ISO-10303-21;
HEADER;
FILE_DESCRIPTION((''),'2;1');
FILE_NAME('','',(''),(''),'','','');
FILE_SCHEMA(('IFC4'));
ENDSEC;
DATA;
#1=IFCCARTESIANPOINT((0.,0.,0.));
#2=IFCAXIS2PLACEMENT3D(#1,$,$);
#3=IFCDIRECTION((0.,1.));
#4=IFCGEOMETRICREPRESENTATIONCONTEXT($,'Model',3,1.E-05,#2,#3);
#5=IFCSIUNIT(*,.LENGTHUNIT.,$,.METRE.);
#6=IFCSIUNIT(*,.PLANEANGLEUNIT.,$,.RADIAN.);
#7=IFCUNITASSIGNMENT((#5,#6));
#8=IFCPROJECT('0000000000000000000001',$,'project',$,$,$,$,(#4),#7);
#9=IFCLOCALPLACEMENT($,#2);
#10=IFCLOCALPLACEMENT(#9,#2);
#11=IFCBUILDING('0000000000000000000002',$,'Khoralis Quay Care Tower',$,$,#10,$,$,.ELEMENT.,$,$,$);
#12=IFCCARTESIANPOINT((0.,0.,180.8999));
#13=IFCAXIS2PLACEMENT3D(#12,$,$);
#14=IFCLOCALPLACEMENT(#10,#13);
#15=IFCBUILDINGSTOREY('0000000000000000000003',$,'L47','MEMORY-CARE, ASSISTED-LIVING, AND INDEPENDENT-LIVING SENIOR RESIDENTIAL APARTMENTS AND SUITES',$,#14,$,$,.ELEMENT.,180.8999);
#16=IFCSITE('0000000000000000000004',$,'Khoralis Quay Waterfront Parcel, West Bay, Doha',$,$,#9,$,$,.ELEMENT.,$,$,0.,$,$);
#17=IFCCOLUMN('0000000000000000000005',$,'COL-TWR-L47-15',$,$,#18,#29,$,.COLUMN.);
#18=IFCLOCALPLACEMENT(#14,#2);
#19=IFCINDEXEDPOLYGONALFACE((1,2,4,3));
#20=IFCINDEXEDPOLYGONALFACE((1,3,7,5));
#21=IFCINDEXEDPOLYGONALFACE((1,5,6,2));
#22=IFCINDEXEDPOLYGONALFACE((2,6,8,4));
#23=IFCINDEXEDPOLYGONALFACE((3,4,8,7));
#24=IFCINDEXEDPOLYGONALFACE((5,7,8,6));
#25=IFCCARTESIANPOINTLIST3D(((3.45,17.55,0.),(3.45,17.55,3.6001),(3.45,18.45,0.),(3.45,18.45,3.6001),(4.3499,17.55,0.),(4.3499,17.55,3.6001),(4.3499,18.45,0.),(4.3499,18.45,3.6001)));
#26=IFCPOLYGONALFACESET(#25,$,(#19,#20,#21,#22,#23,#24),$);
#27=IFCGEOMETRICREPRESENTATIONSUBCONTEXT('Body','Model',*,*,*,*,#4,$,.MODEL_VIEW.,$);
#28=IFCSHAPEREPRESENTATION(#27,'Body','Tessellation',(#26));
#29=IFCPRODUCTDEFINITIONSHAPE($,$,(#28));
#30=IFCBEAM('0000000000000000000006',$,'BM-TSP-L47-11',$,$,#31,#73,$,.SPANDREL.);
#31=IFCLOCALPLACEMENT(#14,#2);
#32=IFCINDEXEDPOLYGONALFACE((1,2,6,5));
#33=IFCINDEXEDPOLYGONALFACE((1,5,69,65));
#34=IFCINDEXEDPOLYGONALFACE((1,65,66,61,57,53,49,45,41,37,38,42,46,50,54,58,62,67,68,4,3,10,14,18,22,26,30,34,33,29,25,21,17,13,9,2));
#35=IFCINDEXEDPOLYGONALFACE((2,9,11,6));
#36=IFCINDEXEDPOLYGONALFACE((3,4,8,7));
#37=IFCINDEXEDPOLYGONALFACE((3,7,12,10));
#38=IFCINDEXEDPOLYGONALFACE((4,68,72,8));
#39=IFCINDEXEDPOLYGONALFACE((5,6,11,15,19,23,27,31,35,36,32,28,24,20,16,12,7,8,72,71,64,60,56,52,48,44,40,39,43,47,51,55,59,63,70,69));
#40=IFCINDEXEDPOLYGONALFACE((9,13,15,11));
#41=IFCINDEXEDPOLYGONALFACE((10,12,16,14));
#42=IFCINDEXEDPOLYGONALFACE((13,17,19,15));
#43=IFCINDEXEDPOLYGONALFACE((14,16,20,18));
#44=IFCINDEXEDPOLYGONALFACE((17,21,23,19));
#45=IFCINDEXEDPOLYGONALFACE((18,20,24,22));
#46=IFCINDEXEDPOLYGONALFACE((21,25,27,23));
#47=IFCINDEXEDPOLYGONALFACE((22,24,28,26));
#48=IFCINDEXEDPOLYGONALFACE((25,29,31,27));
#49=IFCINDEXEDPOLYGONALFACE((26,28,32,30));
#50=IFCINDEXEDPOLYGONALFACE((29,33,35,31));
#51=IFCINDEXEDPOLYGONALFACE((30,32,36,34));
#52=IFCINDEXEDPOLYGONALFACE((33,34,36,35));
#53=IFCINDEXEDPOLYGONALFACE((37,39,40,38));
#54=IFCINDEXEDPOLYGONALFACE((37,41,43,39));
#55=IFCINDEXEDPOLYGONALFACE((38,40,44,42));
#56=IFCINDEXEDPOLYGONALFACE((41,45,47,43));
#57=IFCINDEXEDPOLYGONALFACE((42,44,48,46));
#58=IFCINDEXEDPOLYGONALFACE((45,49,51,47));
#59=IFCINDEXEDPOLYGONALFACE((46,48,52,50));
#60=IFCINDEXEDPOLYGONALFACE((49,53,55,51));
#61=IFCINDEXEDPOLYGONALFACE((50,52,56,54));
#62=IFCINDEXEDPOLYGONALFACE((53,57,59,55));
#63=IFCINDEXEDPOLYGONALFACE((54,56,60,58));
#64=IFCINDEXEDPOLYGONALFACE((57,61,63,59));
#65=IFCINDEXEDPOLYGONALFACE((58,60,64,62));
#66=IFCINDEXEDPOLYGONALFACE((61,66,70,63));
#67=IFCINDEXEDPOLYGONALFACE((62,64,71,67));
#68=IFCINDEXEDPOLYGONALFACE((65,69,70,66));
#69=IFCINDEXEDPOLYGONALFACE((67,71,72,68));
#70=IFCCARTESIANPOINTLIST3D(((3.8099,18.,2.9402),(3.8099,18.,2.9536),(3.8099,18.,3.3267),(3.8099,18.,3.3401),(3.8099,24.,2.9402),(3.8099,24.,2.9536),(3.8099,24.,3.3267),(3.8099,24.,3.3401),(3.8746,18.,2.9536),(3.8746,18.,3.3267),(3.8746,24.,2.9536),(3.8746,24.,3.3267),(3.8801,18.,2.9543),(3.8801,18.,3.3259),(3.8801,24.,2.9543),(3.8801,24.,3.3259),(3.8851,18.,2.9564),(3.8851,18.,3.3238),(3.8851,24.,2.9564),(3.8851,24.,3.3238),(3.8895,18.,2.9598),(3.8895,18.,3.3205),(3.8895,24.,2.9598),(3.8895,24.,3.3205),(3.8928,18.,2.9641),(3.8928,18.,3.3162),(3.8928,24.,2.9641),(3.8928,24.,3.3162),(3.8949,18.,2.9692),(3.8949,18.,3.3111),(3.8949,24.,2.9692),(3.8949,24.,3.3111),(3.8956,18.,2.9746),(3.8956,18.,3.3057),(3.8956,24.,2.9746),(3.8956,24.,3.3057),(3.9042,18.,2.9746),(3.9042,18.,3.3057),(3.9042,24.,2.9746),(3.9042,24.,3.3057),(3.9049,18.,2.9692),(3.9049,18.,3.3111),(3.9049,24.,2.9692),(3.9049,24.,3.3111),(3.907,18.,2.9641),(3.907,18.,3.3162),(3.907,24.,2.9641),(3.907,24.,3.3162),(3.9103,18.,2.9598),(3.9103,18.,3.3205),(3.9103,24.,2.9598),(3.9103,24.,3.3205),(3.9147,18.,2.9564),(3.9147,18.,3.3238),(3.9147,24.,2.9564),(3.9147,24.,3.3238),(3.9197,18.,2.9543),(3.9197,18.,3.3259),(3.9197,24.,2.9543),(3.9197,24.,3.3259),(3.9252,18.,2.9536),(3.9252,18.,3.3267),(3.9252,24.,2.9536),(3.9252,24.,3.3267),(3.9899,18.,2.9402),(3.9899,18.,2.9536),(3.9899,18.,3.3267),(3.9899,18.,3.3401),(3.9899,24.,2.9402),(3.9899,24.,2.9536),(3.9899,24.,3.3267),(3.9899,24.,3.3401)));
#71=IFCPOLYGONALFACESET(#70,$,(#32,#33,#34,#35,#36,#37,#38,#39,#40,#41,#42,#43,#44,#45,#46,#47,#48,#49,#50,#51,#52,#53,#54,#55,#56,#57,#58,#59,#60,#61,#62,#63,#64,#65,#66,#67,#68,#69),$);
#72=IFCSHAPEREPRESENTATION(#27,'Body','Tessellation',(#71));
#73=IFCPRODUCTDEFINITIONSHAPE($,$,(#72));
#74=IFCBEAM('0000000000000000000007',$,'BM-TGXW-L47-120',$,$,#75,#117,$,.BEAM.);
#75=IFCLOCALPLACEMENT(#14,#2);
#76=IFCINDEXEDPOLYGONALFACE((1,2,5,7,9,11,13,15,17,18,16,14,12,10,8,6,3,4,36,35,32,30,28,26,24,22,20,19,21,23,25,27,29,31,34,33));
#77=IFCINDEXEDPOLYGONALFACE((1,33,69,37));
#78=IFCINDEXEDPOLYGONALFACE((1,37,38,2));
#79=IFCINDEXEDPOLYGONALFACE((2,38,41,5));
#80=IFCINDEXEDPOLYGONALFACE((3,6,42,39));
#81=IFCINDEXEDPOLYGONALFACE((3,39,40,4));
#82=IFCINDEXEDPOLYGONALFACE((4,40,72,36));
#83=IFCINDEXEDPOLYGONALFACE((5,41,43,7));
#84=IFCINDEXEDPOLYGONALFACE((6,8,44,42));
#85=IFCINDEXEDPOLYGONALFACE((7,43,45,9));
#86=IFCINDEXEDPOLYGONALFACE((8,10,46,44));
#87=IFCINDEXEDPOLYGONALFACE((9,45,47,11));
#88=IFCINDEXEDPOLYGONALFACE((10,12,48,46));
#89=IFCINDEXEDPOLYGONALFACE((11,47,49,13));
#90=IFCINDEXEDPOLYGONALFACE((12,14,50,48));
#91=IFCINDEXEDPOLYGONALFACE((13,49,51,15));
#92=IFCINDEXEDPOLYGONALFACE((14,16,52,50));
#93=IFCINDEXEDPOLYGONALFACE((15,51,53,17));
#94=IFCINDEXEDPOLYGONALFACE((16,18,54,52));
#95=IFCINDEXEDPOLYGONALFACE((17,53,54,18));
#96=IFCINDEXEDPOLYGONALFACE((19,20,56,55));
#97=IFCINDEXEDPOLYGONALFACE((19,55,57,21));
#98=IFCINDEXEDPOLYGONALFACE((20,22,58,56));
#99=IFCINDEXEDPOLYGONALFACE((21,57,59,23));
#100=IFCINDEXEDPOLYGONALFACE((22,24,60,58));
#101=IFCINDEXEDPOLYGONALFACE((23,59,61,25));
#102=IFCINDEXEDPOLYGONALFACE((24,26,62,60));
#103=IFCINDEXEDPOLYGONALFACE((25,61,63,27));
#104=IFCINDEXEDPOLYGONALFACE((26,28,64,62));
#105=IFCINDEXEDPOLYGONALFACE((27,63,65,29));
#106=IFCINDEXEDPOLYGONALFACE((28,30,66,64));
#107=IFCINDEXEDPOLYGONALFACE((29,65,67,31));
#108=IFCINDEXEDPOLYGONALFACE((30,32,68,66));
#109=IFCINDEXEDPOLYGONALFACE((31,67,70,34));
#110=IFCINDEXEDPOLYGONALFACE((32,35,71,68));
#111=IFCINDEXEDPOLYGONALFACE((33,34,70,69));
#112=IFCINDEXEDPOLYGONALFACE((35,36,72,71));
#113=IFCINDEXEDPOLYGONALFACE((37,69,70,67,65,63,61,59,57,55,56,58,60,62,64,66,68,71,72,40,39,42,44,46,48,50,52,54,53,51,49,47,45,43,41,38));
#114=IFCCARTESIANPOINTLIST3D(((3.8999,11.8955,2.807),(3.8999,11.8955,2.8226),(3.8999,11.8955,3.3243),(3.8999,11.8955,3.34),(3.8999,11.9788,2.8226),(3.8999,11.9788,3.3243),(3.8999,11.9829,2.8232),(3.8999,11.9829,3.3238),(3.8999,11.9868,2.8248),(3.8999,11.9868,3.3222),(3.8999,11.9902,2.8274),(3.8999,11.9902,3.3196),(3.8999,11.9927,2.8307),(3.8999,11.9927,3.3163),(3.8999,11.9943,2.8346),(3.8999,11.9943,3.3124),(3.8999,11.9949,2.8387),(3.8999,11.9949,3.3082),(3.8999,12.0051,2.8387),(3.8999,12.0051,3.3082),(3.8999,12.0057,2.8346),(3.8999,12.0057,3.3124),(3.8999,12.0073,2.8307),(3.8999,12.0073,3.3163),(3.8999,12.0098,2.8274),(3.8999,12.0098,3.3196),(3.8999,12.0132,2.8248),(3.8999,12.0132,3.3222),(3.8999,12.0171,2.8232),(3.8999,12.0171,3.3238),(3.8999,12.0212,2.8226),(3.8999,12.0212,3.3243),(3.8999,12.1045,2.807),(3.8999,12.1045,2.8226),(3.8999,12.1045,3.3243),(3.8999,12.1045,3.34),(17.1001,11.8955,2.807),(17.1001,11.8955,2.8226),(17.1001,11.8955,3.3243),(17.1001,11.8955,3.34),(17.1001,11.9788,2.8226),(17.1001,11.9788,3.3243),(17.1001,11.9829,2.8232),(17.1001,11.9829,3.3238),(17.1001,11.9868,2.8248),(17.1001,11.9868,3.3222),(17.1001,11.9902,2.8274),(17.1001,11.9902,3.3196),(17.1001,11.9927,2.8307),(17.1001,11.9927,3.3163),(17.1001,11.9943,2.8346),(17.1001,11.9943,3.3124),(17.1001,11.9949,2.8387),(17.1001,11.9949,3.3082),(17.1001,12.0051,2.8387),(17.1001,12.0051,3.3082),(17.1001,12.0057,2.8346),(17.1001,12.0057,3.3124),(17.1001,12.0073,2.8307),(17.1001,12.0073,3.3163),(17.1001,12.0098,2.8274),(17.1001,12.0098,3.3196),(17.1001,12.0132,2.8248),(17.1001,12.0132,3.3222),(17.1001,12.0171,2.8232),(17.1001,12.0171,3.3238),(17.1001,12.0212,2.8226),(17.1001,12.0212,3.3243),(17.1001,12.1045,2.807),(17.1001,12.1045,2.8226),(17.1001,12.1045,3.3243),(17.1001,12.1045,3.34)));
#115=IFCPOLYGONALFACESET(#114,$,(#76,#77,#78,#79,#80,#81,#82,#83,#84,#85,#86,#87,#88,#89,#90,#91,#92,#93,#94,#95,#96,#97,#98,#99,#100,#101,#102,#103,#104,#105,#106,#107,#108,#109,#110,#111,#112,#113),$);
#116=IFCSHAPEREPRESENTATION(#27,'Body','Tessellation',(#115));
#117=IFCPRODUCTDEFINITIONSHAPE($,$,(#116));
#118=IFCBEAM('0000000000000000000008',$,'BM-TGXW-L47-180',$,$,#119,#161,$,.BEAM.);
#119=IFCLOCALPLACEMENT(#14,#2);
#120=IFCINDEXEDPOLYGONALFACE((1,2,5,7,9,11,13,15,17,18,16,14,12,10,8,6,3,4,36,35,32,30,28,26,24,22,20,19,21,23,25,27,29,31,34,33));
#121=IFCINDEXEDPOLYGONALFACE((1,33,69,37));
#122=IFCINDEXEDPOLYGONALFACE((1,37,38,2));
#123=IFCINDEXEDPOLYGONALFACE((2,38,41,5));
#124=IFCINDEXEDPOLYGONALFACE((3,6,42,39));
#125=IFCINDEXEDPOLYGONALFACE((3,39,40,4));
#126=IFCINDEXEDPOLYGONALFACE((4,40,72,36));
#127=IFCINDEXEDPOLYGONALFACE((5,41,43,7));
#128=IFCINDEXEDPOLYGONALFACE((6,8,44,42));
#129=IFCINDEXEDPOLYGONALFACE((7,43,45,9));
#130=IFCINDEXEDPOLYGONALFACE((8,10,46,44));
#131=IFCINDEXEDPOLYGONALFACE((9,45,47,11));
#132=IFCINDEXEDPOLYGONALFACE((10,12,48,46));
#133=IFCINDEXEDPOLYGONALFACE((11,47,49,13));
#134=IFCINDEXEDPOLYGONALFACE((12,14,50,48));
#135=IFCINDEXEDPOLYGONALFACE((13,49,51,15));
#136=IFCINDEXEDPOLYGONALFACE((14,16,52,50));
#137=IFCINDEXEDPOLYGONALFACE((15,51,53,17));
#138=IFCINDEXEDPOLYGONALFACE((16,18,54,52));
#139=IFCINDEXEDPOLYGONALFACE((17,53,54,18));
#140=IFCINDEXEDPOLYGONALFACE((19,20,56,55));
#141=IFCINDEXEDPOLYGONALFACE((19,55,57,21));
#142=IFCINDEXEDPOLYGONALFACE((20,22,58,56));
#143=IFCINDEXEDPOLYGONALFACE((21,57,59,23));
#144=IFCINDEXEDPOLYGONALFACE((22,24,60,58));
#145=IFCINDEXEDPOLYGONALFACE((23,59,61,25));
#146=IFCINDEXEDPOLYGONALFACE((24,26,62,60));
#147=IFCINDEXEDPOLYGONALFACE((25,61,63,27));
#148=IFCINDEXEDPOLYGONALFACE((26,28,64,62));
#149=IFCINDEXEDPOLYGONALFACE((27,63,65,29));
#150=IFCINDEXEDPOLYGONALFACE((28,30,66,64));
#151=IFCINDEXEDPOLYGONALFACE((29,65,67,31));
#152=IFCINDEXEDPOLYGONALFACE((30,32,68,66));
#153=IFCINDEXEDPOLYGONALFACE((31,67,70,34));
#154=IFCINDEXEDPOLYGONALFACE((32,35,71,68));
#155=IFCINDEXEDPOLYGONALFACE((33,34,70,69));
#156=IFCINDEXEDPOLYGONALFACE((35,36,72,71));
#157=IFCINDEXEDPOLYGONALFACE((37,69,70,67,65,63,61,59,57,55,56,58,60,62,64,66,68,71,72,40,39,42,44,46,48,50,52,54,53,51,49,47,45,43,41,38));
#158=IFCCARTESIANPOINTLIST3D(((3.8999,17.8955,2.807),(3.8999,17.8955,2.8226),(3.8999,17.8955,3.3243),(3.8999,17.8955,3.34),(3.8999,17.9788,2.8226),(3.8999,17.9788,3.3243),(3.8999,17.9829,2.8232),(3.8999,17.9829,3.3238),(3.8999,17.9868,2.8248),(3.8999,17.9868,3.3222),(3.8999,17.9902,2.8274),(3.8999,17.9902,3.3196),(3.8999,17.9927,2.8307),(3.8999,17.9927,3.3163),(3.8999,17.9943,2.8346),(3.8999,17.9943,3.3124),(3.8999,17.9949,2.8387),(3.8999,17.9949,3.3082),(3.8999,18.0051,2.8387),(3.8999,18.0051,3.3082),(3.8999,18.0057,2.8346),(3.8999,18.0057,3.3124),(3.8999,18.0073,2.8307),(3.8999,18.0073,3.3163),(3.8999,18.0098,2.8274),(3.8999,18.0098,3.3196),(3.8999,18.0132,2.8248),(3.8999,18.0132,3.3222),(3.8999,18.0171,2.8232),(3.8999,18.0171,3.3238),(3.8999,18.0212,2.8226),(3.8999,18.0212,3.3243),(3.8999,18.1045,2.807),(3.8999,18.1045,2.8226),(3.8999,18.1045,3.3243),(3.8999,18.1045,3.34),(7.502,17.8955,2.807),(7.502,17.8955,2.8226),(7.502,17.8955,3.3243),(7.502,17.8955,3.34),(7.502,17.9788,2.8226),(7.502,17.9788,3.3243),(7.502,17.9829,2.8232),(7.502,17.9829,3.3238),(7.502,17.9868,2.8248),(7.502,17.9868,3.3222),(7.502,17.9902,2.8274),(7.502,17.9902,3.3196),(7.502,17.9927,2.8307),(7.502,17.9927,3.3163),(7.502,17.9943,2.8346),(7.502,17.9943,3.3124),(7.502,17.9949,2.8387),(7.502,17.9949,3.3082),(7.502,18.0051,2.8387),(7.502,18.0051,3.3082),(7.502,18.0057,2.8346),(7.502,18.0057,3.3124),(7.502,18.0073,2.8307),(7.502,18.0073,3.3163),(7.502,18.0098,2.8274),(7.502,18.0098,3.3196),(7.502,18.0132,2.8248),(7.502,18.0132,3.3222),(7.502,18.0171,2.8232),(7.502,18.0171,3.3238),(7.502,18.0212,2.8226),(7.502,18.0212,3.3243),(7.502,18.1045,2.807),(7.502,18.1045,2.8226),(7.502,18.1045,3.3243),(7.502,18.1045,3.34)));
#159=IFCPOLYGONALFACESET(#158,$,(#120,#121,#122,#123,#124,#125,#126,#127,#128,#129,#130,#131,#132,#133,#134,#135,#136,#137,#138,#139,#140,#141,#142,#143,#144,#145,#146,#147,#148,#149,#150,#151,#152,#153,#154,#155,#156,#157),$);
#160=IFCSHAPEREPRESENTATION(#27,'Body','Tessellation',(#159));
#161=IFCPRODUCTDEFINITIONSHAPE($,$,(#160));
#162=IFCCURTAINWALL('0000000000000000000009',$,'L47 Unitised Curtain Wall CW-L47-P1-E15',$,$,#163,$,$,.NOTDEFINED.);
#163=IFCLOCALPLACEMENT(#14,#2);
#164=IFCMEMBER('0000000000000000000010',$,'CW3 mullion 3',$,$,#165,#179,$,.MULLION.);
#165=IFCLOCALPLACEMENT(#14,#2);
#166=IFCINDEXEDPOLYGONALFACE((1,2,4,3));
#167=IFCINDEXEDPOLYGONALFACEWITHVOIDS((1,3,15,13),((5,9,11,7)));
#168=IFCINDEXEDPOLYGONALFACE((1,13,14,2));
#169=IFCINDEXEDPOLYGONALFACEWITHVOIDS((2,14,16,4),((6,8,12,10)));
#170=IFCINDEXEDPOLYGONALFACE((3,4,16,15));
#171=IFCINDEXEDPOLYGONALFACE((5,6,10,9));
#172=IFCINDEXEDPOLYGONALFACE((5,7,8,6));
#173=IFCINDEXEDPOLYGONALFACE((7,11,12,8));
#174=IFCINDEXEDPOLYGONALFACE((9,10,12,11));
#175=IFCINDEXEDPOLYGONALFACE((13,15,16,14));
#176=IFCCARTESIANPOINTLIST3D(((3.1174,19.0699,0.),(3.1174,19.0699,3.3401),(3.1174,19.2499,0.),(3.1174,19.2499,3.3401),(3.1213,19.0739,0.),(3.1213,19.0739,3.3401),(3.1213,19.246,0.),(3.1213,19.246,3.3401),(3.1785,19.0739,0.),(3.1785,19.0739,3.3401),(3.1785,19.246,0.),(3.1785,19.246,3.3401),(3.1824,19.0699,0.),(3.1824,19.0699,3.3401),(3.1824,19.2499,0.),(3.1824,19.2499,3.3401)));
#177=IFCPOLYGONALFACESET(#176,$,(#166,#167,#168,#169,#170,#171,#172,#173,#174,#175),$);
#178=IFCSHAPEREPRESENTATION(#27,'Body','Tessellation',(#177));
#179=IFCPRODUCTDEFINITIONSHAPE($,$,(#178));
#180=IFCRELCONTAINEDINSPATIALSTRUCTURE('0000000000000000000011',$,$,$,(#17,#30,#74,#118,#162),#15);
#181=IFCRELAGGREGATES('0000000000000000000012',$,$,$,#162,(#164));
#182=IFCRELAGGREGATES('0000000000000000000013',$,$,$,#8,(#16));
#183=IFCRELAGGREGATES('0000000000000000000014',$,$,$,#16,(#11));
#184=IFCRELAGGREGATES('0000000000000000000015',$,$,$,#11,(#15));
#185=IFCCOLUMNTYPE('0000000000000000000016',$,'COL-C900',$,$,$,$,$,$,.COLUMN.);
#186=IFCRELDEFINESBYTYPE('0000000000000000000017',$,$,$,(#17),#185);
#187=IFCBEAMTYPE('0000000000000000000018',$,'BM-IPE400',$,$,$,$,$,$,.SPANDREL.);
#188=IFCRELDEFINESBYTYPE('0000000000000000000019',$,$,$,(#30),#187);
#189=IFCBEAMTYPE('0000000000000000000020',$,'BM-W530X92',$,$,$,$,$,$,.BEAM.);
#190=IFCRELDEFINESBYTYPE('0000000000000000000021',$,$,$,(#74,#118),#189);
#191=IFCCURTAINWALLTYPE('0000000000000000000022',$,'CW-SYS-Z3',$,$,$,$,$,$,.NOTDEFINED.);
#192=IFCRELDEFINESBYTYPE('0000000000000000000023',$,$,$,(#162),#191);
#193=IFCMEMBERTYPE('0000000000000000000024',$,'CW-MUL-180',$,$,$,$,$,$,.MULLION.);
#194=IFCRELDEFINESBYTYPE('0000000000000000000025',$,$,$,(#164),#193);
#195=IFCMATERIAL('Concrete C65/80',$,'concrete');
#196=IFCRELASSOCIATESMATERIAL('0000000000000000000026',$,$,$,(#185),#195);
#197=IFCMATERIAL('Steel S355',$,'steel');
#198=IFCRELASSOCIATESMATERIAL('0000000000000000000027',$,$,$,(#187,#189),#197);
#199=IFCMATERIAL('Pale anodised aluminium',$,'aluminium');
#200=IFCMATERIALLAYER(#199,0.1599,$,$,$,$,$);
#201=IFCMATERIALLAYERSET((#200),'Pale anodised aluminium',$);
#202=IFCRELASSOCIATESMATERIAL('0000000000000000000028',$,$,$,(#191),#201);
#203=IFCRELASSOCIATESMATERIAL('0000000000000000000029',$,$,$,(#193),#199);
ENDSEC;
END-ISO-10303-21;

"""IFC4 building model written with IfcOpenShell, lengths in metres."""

from ifc_helpers import new_model, si_unit, direction, frame, origin, origin_2d, place, context, subcontext, project, spatial, rectangle, hollow_rectangle, i_section, extrude, source, transform, mapped, material, layer, layer_set, material_profile, profile_set, type_object, element, aggregate, save


model = new_model("IFC4")

# Units and contexts
model_context = context("Model", 3, precision=1e-05, world=origin(), true_north=direction((0.0, 1.0)))
body_context = subcontext(model_context, "Body", "Model", "MODEL_VIEW")
ifc_project = project(units=[si_unit("LENGTHUNIT", "METRE"), si_unit("PLANEANGLEUNIT", "RADIAN")], contexts=[model_context])

# Site, building, storey
site_placement = place(None, origin())
site = spatial("IfcSite", under=ifc_project, at=site_placement, Name="Khoralis Quay Waterfront Parcel, West Bay, Doha", CompositionType="ELEMENT", RefElevation=0.0)
building_placement = place(site_placement, origin())
building = spatial("IfcBuilding", under=site, at=building_placement, Name="Khoralis Quay Care Tower", CompositionType="ELEMENT")
storey_placement = place(building_placement, frame((0.0, 0.0, 180.8999)))
storey = spatial("IfcBuildingStorey", under=building, at=storey_placement, Name="L47", Description="MEMORY-CARE, ASSISTED-LIVING, AND INDEPENDENT-LIVING SENIOR RESIDENTIAL APARTMENTS AND SUITES", CompositionType="ELEMENT", Elevation=180.8999)

# Column
ifc_material_1 = material(Name="Concrete C65/80", Category="concrete")
ifc_material_profile_1 = material_profile(ifc_material_1, rectangle(XDim=0.8999, YDim=0.8999, at=origin_2d()), Name="Concrete C65/80")
ifc_profile_set_1 = profile_set([ifc_material_profile_1], Name="Concrete C65/80")
column_type = type_object("IfcColumnType", Name="COL-C900", PredefinedType="COLUMN", material=ifc_profile_set_1)
shared_shape_1 = source(origin(), body_context, "Body", "SweptSolid", [
    extrude(rectangle(XDim=0.8999, YDim=0.8999, at=origin_2d()), origin(), (0.0, 0.0, 1.0), 3.6001),
])
column_placement = place(storey_placement, frame((3.8999, 18.0, 0.0), z_axis=(0.0, 0.0, 1.0), x_axis=(1.0, 0.0, 0.0)))
element("IfcColumn", 1, at=column_placement, inside=storey, type_object=column_type, Name="COL-TWR-L47-15", PredefinedType="COLUMN", context=body_context, shape_type="MappedRepresentation", body=[
    mapped(shared_shape_1, transform((0.0, 0.0, 0.0), scale=1.0)),
])

# Beams
ifc_material_2 = material(Name="Steel S355", Category="steel")
ifc_material_profile_2 = material_profile(ifc_material_2, i_section(OverallWidth=0.1799, OverallDepth=0.3999, WebThickness=0.0085, FlangeThickness=0.0134, FilletRadius=0.021, at=origin_2d()), Name="Steel S355")
ifc_profile_set_2 = profile_set([ifc_material_profile_2], Name="Steel S355")
beam_type_1 = type_object("IfcBeamType", Name="BM-IPE400", PredefinedType="SPANDREL", material=ifc_profile_set_2)
shared_shape_2 = source(origin(), body_context, "Body", "SweptSolid", [
    extrude(i_section(OverallWidth=0.1799, OverallDepth=0.3999, WebThickness=0.0085, FlangeThickness=0.0134, FilletRadius=0.021, at=origin_2d()), origin(), (0.0, 0.0, 1.0), 6.0),
])
beam_1_placement = place(storey_placement, frame((3.8999, 18.0, 3.1401), z_axis=(0.0, 1.0, 0.0), x_axis=(-1.0, 0.0, 0.0)))
element("IfcBeam", 2, at=beam_1_placement, inside=storey, type_object=beam_type_1, Name="BM-TSP-L47-11", PredefinedType="SPANDREL", context=body_context, shape_type="MappedRepresentation", body=[
    mapped(shared_shape_2, transform((0.0, 0.0, 0.0), scale=1.0)),
])
ifc_material_profile_3 = material_profile(ifc_material_2, i_section(OverallWidth=0.209, OverallDepth=0.533, WebThickness=0.0103, FlangeThickness=0.0156, FilletRadius=0.0161, at=origin_2d()), Name="Steel S355")
ifc_profile_set_3 = profile_set([ifc_material_profile_3], Name="Steel S355")
beam_type_2 = type_object("IfcBeamType", Name="BM-W530X92", PredefinedType="BEAM", material=ifc_profile_set_3)
shared_shape_3 = source(origin(), body_context, "Body", "SweptSolid", [
    extrude(i_section(OverallWidth=0.209, OverallDepth=0.533, WebThickness=0.0103, FlangeThickness=0.0156, FilletRadius=0.0161, at=origin_2d()), origin(), (0.0, 0.0, 1.0), 13.2002),
])
beam_2_placement = place(storey_placement, frame((3.8999, 12.0, 3.0735), z_axis=(1.0, 0.0, 0.0), x_axis=(0.0, 1.0, 0.0)))
element("IfcBeam", 3, at=beam_2_placement, inside=storey, type_object=beam_type_2, Name="BM-TGXW-L47-120", PredefinedType="BEAM", context=body_context, shape_type="MappedRepresentation", body=[
    mapped(shared_shape_3, transform((0.0, 0.0, 0.0), scale=1.0)),
])
shared_shape_4 = source(origin(), body_context, "Body", "SweptSolid", [
    extrude(i_section(OverallWidth=0.209, OverallDepth=0.533, WebThickness=0.0103, FlangeThickness=0.0156, FilletRadius=0.0161, at=origin_2d()), origin(), (0.0, 0.0, 1.0), 3.6021),
])
beam_3_placement = place(storey_placement, frame((3.8999, 18.0, 3.0735), z_axis=(1.0, 0.0, 0.0), x_axis=(0.0, 1.0, 0.0)))
element("IfcBeam", 4, at=beam_3_placement, inside=storey, type_object=beam_type_2, Name="BM-TGXW-L47-180", PredefinedType="BEAM", context=body_context, shape_type="MappedRepresentation", body=[
    mapped(shared_shape_4, transform((0.0, 0.0, 0.0), scale=1.0)),
])

# Curtain wall, member
ifc_material_3 = material(Name="Pale anodised aluminium", Category="aluminium")
ifc_layer_1 = layer(ifc_material_3, 0.1599)
ifc_layer_set_1 = layer_set([ifc_layer_1], Name="Pale anodised aluminium")
curtain_wall_type = type_object("IfcCurtainWallType", Name="CW-SYS-Z3", PredefinedType="NOTDEFINED", material=ifc_layer_set_1)
curtain_wall_placement = place(storey_placement, origin())
curtain_wall = element("IfcCurtainWall", 5, at=curtain_wall_placement, inside=storey, type_object=curtain_wall_type, Name="L47 Unitised Curtain Wall CW-L47-P1-E15", PredefinedType="NOTDEFINED")
ifc_material_profile_4 = material_profile(ifc_material_3, hollow_rectangle(XDim=0.0649, YDim=0.1799, WallThickness=0.0039, at=origin_2d()), Name="Pale anodised aluminium")
ifc_profile_set_4 = profile_set([ifc_material_profile_4], Name="Pale anodised aluminium")
member_type_1 = type_object("IfcMemberType", Name="CW-MUL-180", PredefinedType="MULLION", material=ifc_profile_set_4)
shared_shape_5 = source(origin(), body_context, "Body", "SweptSolid", [
    extrude(hollow_rectangle(XDim=0.0649, YDim=0.1799, WallThickness=0.0039, at=origin_2d()), origin(), (0.0, 0.0, 1.0), 3.3401),
])
member_1_placement = place(storey_placement, frame((3.1499, 19.1599, 0.0), z_axis=(0.0, 0.0, 1.0), x_axis=(1.0, 0.0, 0.0)))
member_1 = element("IfcMember", 6, at=member_1_placement, type_object=member_type_1, Name="CW3 mullion 3", PredefinedType="MULLION", context=body_context, shape_type="MappedRepresentation", body=[
    mapped(shared_shape_5, transform((0.0, 0.0, 0.0), scale=1.0)),
])
aggregate(curtain_wall, [member_1])

save(model, "model.ifc")
